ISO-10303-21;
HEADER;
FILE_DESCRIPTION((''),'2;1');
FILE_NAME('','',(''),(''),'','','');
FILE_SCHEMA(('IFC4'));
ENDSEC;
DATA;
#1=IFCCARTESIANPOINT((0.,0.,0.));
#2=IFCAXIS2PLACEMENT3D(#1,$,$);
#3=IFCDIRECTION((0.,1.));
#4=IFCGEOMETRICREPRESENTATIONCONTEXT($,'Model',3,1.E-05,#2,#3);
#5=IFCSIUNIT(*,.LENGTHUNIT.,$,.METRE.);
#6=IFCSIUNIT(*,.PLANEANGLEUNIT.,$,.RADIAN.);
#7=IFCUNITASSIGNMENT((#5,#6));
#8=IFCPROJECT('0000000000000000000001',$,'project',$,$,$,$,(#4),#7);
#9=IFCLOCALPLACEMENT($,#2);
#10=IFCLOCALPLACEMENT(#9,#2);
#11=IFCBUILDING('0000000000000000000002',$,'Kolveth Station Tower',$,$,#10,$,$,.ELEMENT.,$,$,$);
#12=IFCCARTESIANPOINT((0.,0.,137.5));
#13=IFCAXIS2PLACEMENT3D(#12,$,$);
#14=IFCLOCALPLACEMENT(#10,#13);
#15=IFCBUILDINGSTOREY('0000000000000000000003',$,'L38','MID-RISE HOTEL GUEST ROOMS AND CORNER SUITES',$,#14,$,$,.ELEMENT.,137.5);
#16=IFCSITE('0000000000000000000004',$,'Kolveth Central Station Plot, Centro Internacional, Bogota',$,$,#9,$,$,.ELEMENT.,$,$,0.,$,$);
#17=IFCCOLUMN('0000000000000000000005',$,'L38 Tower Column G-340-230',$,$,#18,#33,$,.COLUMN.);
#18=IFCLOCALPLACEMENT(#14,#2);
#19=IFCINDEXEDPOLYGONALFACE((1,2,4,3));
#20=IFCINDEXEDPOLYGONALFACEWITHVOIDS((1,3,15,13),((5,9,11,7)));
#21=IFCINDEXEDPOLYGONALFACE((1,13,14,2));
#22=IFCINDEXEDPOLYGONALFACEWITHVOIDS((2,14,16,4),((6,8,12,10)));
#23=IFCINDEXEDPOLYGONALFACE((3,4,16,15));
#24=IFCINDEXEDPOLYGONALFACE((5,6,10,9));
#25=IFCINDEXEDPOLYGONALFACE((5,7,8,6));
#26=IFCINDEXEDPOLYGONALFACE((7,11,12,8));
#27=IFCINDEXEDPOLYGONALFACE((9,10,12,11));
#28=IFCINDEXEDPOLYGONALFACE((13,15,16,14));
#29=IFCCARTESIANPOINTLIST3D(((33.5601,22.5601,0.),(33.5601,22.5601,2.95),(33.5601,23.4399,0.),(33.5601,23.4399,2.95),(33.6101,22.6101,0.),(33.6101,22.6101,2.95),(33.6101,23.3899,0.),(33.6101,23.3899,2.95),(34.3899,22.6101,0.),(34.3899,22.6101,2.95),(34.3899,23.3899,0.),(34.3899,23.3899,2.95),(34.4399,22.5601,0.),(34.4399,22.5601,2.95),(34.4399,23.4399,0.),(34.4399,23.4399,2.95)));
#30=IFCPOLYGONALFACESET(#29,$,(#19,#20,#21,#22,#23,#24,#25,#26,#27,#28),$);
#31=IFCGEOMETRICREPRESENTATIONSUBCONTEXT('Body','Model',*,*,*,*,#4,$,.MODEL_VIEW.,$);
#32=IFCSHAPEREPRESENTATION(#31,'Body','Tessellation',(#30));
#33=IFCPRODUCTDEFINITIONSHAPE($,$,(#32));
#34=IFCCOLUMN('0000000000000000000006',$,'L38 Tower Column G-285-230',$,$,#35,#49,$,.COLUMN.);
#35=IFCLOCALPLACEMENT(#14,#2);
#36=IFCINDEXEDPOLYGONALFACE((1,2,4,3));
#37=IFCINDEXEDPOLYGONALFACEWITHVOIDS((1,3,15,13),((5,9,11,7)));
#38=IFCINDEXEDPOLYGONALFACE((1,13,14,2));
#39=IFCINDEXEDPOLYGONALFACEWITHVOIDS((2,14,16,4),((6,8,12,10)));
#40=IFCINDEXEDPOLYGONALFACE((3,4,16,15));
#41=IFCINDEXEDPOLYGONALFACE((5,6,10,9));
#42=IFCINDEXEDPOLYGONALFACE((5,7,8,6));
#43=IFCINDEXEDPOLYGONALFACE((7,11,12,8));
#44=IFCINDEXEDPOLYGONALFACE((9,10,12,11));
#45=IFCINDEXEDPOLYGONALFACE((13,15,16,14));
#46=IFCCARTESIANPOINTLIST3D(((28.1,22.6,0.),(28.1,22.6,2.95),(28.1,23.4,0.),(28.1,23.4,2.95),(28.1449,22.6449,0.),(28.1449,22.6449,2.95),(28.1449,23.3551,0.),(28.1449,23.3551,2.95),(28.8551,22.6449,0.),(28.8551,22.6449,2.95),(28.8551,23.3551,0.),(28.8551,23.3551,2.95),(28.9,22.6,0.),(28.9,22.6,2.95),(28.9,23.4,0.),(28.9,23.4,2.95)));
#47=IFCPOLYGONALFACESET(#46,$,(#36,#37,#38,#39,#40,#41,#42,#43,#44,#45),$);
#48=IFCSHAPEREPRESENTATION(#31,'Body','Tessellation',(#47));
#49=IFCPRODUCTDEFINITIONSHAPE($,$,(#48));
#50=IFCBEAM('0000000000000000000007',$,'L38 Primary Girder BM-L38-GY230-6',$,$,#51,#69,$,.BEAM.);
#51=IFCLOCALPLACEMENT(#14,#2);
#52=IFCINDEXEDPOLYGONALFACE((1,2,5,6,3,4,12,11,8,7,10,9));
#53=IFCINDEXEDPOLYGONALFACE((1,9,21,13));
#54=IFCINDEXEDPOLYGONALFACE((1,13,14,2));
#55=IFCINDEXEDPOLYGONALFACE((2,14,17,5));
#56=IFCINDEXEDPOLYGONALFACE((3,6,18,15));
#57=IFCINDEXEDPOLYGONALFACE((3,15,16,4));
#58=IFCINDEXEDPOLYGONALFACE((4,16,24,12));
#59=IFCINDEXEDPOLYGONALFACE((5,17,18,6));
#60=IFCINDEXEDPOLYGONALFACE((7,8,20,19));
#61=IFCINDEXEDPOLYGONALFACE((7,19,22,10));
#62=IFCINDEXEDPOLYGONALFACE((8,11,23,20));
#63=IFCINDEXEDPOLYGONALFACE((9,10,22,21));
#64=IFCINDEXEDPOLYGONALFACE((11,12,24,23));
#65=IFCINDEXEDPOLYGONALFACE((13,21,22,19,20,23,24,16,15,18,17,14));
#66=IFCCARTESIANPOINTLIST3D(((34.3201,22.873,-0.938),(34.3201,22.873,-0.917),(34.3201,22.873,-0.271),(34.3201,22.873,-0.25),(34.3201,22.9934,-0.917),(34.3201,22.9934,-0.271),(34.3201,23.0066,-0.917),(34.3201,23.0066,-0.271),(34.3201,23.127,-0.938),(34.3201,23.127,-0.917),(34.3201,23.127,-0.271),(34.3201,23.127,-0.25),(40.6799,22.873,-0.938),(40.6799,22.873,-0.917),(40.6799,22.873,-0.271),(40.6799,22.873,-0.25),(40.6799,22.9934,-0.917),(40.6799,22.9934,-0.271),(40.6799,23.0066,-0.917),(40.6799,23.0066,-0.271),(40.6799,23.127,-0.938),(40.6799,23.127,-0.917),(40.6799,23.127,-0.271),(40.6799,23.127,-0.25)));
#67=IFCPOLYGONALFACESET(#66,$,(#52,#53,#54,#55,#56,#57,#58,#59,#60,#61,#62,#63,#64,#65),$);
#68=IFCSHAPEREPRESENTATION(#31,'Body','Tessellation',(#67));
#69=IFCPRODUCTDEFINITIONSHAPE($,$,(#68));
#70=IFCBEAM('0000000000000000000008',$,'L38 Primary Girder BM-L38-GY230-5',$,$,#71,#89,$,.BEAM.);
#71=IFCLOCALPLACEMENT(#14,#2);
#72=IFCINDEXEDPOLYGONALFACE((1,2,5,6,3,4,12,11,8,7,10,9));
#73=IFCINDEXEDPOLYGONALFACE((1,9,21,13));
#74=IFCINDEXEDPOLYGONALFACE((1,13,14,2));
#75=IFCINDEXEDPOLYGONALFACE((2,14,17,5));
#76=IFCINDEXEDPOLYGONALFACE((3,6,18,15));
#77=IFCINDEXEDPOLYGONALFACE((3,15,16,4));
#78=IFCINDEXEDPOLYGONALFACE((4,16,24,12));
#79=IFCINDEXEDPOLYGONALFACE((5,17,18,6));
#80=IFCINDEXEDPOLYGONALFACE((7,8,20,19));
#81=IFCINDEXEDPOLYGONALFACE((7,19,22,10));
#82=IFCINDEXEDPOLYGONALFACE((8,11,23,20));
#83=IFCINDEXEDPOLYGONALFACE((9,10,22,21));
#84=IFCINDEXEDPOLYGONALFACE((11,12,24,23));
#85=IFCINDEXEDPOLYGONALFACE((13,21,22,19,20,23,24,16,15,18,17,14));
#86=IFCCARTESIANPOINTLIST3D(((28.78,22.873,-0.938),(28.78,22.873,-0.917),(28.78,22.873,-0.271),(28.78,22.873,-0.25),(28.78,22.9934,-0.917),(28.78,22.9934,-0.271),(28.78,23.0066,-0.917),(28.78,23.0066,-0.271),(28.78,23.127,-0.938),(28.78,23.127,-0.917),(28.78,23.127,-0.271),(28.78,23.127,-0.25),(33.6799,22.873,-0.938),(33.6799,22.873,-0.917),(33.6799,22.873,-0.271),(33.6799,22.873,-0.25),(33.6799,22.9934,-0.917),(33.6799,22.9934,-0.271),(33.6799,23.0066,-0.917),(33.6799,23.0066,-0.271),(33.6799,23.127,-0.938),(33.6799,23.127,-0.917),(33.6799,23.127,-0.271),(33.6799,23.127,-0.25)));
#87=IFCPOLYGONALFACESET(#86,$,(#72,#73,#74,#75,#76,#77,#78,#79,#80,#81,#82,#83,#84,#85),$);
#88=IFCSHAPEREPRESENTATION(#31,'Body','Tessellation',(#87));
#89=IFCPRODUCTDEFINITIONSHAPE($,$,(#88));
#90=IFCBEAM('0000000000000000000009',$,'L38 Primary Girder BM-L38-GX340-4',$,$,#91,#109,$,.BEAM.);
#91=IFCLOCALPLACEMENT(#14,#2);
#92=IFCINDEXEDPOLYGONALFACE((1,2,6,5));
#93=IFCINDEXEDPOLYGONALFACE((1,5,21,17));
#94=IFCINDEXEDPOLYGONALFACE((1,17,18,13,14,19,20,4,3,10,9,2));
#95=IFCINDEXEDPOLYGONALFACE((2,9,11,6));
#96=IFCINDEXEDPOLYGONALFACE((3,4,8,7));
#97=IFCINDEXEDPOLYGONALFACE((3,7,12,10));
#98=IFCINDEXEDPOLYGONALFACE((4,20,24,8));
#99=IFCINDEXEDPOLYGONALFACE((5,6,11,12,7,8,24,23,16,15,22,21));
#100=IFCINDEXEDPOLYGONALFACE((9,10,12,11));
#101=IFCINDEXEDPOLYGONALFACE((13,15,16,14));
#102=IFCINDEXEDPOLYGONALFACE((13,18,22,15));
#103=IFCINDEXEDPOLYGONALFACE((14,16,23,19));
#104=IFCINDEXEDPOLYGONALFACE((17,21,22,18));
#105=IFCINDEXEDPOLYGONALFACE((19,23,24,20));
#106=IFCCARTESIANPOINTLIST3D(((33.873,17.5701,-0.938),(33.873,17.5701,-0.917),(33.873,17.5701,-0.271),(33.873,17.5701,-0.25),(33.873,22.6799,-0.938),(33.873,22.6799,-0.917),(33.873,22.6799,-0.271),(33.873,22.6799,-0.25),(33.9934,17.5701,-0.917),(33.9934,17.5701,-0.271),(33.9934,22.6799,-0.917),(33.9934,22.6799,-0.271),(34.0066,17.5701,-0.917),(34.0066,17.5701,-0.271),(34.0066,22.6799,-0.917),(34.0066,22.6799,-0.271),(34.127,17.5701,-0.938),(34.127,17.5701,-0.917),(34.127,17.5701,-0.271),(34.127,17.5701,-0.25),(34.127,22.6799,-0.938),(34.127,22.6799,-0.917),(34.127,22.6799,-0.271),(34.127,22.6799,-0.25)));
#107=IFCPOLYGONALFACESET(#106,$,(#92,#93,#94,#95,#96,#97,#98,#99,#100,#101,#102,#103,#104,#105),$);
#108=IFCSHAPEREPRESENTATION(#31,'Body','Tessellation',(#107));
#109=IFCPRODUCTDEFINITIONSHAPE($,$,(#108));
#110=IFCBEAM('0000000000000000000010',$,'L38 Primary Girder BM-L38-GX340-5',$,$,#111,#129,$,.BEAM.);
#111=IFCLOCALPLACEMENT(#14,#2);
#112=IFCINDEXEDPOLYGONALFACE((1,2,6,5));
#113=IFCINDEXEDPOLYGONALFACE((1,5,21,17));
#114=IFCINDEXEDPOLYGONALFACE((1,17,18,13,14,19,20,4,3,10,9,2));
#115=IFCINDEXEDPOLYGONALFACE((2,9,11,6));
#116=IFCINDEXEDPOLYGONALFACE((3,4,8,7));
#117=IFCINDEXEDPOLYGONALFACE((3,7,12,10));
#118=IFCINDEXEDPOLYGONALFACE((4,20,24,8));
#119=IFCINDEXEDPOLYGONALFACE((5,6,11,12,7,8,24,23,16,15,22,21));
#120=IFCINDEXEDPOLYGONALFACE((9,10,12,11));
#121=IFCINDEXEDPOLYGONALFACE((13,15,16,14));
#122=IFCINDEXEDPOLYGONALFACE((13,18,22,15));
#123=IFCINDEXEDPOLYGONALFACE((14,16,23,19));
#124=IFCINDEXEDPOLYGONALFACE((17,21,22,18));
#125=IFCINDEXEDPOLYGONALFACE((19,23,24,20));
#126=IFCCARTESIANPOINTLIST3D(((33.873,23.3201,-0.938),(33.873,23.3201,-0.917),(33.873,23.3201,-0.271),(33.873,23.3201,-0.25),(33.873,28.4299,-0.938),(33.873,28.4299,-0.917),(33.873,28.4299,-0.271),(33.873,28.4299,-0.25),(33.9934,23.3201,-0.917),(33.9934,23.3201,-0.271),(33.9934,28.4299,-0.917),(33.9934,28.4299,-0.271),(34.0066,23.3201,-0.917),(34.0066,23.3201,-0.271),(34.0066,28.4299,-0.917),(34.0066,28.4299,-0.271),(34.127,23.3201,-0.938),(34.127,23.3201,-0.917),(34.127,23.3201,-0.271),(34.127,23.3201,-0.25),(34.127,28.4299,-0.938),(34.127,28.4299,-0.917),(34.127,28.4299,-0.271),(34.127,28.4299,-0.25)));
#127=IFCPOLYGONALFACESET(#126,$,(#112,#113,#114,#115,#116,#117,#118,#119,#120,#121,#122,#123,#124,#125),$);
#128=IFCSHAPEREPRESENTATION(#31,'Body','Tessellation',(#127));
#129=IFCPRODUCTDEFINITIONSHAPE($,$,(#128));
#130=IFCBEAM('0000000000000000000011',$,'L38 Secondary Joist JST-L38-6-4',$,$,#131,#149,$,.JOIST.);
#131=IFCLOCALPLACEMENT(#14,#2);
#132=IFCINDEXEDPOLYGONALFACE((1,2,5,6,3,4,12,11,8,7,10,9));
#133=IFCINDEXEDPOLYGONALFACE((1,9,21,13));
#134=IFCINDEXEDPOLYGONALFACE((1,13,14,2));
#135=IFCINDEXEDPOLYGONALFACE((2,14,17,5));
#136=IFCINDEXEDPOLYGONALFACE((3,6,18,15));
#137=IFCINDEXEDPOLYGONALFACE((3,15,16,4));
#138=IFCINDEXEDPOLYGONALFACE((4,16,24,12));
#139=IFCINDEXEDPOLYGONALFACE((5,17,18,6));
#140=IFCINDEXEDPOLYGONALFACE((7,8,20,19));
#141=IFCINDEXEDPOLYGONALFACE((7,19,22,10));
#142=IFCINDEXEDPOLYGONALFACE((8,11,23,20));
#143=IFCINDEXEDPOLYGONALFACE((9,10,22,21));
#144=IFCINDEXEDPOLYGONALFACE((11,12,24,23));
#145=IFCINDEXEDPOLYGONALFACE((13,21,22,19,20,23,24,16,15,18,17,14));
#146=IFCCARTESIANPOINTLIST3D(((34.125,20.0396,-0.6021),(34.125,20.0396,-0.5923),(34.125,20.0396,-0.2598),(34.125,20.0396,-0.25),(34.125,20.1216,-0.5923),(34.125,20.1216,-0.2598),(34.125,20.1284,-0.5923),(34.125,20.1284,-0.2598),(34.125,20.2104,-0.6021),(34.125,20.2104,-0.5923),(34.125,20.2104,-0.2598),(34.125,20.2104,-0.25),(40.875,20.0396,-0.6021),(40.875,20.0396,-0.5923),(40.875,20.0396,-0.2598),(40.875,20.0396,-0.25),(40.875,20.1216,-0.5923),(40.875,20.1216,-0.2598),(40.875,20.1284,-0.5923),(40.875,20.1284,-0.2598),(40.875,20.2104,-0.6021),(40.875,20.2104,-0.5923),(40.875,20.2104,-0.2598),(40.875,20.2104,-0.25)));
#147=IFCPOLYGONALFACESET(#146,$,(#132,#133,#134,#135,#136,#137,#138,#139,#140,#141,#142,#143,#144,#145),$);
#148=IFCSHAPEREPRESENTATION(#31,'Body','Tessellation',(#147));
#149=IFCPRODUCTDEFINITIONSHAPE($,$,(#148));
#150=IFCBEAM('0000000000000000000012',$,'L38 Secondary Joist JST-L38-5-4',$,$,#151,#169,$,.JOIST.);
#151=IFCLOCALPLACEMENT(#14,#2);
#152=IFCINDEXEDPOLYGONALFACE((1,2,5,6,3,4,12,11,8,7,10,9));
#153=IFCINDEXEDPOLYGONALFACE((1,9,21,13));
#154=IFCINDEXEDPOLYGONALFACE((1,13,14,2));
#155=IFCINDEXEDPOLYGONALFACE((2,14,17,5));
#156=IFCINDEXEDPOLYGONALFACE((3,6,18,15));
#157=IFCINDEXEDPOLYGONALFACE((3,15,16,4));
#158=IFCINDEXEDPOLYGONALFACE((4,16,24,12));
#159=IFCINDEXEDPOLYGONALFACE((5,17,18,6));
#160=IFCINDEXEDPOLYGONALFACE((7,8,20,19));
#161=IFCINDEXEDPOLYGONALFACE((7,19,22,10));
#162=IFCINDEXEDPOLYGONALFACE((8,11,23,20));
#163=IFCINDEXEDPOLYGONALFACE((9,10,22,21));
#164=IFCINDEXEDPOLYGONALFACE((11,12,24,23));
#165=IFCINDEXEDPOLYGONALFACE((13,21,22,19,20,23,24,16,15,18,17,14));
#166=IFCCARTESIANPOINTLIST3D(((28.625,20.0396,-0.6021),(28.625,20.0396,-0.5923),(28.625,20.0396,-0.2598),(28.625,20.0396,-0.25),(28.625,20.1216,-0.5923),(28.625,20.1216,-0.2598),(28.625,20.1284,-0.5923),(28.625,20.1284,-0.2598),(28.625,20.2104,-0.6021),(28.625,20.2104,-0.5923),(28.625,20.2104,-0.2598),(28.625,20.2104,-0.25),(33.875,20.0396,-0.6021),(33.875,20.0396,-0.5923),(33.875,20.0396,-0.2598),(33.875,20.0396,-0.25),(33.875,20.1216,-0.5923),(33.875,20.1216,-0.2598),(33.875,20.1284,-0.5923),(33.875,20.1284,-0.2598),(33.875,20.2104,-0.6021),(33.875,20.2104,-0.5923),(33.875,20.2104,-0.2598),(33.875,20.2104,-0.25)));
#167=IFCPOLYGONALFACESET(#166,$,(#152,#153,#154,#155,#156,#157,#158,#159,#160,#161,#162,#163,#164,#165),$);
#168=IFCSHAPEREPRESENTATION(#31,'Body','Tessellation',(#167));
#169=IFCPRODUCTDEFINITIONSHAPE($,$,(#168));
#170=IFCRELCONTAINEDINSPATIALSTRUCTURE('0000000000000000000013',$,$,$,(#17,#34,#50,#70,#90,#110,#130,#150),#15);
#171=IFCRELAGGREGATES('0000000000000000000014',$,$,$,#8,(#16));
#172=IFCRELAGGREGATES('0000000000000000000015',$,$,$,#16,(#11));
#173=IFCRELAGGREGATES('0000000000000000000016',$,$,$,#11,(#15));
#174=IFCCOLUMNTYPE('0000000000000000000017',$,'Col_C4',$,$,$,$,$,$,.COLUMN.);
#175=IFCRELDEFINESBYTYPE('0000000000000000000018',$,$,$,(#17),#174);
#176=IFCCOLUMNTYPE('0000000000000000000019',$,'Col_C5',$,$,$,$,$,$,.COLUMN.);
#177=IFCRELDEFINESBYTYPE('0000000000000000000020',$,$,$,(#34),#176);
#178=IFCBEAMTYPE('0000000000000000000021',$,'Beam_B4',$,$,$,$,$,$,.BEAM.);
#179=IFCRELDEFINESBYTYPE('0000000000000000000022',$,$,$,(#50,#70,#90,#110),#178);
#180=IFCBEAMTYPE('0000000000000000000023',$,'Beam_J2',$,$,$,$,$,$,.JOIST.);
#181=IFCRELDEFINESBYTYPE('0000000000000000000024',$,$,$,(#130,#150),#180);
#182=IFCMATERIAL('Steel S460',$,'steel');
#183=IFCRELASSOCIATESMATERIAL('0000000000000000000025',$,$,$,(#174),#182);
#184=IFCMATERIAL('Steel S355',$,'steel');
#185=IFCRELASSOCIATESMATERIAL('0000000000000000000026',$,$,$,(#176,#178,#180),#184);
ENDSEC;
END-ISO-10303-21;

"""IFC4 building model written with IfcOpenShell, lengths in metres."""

from ifc_helpers import new_model, si_unit, direction, frame, origin, origin_2d, place, context, subcontext, project, spatial, hollow_rectangle, i_section, extrude, source, transform, mapped, material, material_profile, profile_set, type_object, element, save


model = new_model("IFC4")

# Units and contexts
model_context = context("Model", 3, precision=1e-05, world=origin(), true_north=direction((0.0, 1.0)))
body_context = subcontext(model_context, "Body", "Model", "MODEL_VIEW")
ifc_project = project(units=[si_unit("LENGTHUNIT", "METRE"), si_unit("PLANEANGLEUNIT", "RADIAN")], contexts=[model_context])

# Site, building, storey
site_placement = place(None, origin())
site = spatial("IfcSite", under=ifc_project, at=site_placement, Name="Kolveth Central Station Plot, Centro Internacional, Bogota", CompositionType="ELEMENT", RefElevation=0.0)
building_placement = place(site_placement, origin())
building = spatial("IfcBuilding", under=site, at=building_placement, Name="Kolveth Station Tower", CompositionType="ELEMENT")
storey_placement = place(building_placement, frame((0.0, 0.0, 137.5)))
storey = spatial("IfcBuildingStorey", under=building, at=storey_placement, Name="L38", Description="MID-RISE HOTEL GUEST ROOMS AND CORNER SUITES", CompositionType="ELEMENT", Elevation=137.5)

# Columns
ifc_material_1 = material(Name="Steel S460", Category="steel")
ifc_material_profile_1 = material_profile(ifc_material_1, hollow_rectangle(XDim=0.8799, YDim=0.8799, WallThickness=0.05, at=origin_2d()), Name="BOX880x880x50")
ifc_profile_set_1 = profile_set([ifc_material_profile_1], Name="Steel S460")
column_type_1 = type_object("IfcColumnType", Name="Col_C4", PredefinedType="COLUMN", material=ifc_profile_set_1)
shared_shape_1 = source(origin(), body_context, "Body", "SweptSolid", [
    extrude(hollow_rectangle(XDim=0.8799, YDim=0.8799, WallThickness=0.05, at=origin_2d()), origin(), (0.0, 0.0, 1.0), 2.95),
])
column_1_placement = place(storey_placement, frame((34.0, 23.0, 0.0), z_axis=(0.0, 0.0, 1.0), x_axis=(1.0, 0.0, 0.0)))
element("IfcColumn", 1, at=column_1_placement, inside=storey, type_object=column_type_1, Name="L38 Tower Column G-340-230", PredefinedType="COLUMN", context=body_context, shape_type="MappedRepresentation", body=[
    mapped(shared_shape_1, transform((0.0, 0.0, 0.0), x_axis=(1.0, 0.0, 0.0), y_axis=(0.0, 1.0, 0.0), z_axis=(0.0, 0.0, 1.0), scale=1.0)),
])
ifc_material_2 = material(Name="Steel S355", Category="steel")
ifc_material_profile_2 = material_profile(ifc_material_2, hollow_rectangle(XDim=0.8, YDim=0.8, WallThickness=0.0449, at=origin_2d()), Name="BOX800x800x45")
ifc_profile_set_2 = profile_set([ifc_material_profile_2], Name="Steel S355")
column_type_2 = type_object("IfcColumnType", Name="Col_C5", PredefinedType="COLUMN", material=ifc_profile_set_2)
shared_shape_2 = source(origin(), body_context, "Body", "SweptSolid", [
    extrude(hollow_rectangle(XDim=0.8, YDim=0.8, WallThickness=0.0449, at=origin_2d()), origin(), (0.0, 0.0, 1.0), 2.95),
])
column_2_placement = place(storey_placement, frame((28.5, 23.0, 0.0), z_axis=(0.0, 0.0, 1.0), x_axis=(1.0, 0.0, 0.0)))
element("IfcColumn", 2, at=column_2_placement, inside=storey, type_object=column_type_2, Name="L38 Tower Column G-285-230", PredefinedType="COLUMN", context=body_context, shape_type="MappedRepresentation", body=[
    mapped(shared_shape_2, transform((0.0, 0.0, 0.0), x_axis=(1.0, 0.0, 0.0), y_axis=(0.0, 1.0, 0.0), z_axis=(0.0, 0.0, 1.0), scale=1.0)),
])

# Beams
ifc_material_profile_3 = material_profile(ifc_material_2, i_section(OverallWidth=0.2539, OverallDepth=0.688, WebThickness=0.0132, FlangeThickness=0.021, at=origin_2d()), Name="W690x152")
ifc_profile_set_3 = profile_set([ifc_material_profile_3], Name="Steel S355")
beam_type_1 = type_object("IfcBeamType", Name="Beam_B4", PredefinedType="BEAM", material=ifc_profile_set_3)
shared_shape_3 = source(origin(), body_context, "Body", "SweptSolid", [
    extrude(i_section(OverallWidth=0.2539, OverallDepth=0.688, WebThickness=0.0132, FlangeThickness=0.021, at=origin_2d()), origin(), (0.0, 0.0, 1.0), 6.3599),
])
beam_1_placement = place(storey_placement, frame((34.3201, 23.0, -0.594), z_axis=(1.0, 0.0, 0.0), x_axis=(0.0, 1.0, 0.0)))
element("IfcBeam", 3, at=beam_1_placement, inside=storey, type_object=beam_type_1, Name="L38 Primary Girder BM-L38-GY230-6", PredefinedType="BEAM", context=body_context, shape_type="MappedRepresentation", body=[
    mapped(shared_shape_3, transform((0.0, 0.0, 0.0), x_axis=(1.0, 0.0, 0.0), y_axis=(0.0, 1.0, 0.0), z_axis=(0.0, 0.0, 1.0), scale=1.0)),
])
shared_shape_4 = source(origin(), body_context, "Body", "SweptSolid", [
    extrude(i_section(OverallWidth=0.2539, OverallDepth=0.688, WebThickness=0.0132, FlangeThickness=0.021, at=origin_2d()), origin(), (0.0, 0.0, 1.0), 4.8999),
])
beam_2_placement = place(storey_placement, frame((28.78, 23.0, -0.594), z_axis=(1.0, 0.0, 0.0), x_axis=(0.0, 1.0, 0.0)))
element("IfcBeam", 4, at=beam_2_placement, inside=storey, type_object=beam_type_1, Name="L38 Primary Girder BM-L38-GY230-5", PredefinedType="BEAM", context=body_context, shape_type="MappedRepresentation", body=[
    mapped(shared_shape_4, transform((0.0, 0.0, 0.0), x_axis=(1.0, 0.0, 0.0), y_axis=(0.0, 1.0, 0.0), z_axis=(0.0, 0.0, 1.0), scale=1.0)),
])
shared_shape_5 = source(origin(), body_context, "Body", "SweptSolid", [
    extrude(i_section(OverallWidth=0.2539, OverallDepth=0.688, WebThickness=0.0132, FlangeThickness=0.021, at=origin_2d()), origin(), (0.0, 0.0, 1.0), 5.1099),
])
for number, where, z_axis, x_axis, name in (
    (5, (34.0, 17.5701, -0.594), (0.0, 1.0, 0.0), (-1.0, 0.0, 0.0), "L38 Primary Girder BM-L38-GX340-4"),
    (6, (34.0, 23.3201, -0.594), (0.0, 1.0, 0.0), (-1.0, 0.0, 0.0), "L38 Primary Girder BM-L38-GX340-5"),
):
    element("IfcBeam", number, at=place(storey_placement, frame(where, z_axis=z_axis, x_axis=x_axis)), inside=storey, type_object=beam_type_1, Name=name, PredefinedType="BEAM", context=body_context, shape_type="MappedRepresentation", body=[
        mapped(shared_shape_5, transform((0.0, 0.0, 0.0), x_axis=(1.0, 0.0, 0.0), y_axis=(0.0, 1.0, 0.0), z_axis=(0.0, 0.0, 1.0), scale=1.0)),
    ])
ifc_material_profile_4 = material_profile(ifc_material_2, i_section(OverallWidth=0.1709, OverallDepth=0.3521, WebThickness=0.0068, FlangeThickness=0.0098, at=origin_2d()), Name="W360x44")
ifc_profile_set_4 = profile_set([ifc_material_profile_4], Name="Steel S355")
beam_type_2 = type_object("IfcBeamType", Name="Beam_J2", PredefinedType="JOIST", material=ifc_profile_set_4)
shared_shape_6 = source(origin(), body_context, "Body", "SweptSolid", [
    extrude(i_section(OverallWidth=0.1709, OverallDepth=0.3521, WebThickness=0.0068, FlangeThickness=0.0098, at=origin_2d()), origin(), (0.0, 0.0, 1.0), 6.75),
])
beam_3_placement = place(storey_placement, frame((34.125, 20.125, -0.426), z_axis=(1.0, 0.0, 0.0), x_axis=(0.0, 1.0, 0.0)))
element("IfcBeam", 7, at=beam_3_placement, inside=storey, type_object=beam_type_2, Name="L38 Secondary Joist JST-L38-6-4", PredefinedType="JOIST", context=body_context, shape_type="MappedRepresentation", body=[
    mapped(shared_shape_6, transform((0.0, 0.0, 0.0), x_axis=(1.0, 0.0, 0.0), y_axis=(0.0, 1.0, 0.0), z_axis=(0.0, 0.0, 1.0), scale=1.0)),
])
shared_shape_7 = source(origin(), body_context, "Body", "SweptSolid", [
    extrude(i_section(OverallWidth=0.1709, OverallDepth=0.3521, WebThickness=0.0068, FlangeThickness=0.0098, at=origin_2d()), origin(), (0.0, 0.0, 1.0), 5.25),
])
for number, where, z_axis, x_axis, name in (
    (8, (28.625, 20.125, -0.426), (1.0, 0.0, 0.0), (0.0, 1.0, 0.0), "L38 Secondary Joist JST-L38-5-4"),
):
    element("IfcBeam", number, at=place(storey_placement, frame(where, z_axis=z_axis, x_axis=x_axis)), inside=storey, type_object=beam_type_2, Name=name, PredefinedType="JOIST", context=body_context, shape_type="MappedRepresentation", body=[
        mapped(shared_shape_7, transform((0.0, 0.0, 0.0), x_axis=(1.0, 0.0, 0.0), y_axis=(0.0, 1.0, 0.0), z_axis=(0.0, 0.0, 1.0), scale=1.0)),
    ])

save(model, "model.ifc")
